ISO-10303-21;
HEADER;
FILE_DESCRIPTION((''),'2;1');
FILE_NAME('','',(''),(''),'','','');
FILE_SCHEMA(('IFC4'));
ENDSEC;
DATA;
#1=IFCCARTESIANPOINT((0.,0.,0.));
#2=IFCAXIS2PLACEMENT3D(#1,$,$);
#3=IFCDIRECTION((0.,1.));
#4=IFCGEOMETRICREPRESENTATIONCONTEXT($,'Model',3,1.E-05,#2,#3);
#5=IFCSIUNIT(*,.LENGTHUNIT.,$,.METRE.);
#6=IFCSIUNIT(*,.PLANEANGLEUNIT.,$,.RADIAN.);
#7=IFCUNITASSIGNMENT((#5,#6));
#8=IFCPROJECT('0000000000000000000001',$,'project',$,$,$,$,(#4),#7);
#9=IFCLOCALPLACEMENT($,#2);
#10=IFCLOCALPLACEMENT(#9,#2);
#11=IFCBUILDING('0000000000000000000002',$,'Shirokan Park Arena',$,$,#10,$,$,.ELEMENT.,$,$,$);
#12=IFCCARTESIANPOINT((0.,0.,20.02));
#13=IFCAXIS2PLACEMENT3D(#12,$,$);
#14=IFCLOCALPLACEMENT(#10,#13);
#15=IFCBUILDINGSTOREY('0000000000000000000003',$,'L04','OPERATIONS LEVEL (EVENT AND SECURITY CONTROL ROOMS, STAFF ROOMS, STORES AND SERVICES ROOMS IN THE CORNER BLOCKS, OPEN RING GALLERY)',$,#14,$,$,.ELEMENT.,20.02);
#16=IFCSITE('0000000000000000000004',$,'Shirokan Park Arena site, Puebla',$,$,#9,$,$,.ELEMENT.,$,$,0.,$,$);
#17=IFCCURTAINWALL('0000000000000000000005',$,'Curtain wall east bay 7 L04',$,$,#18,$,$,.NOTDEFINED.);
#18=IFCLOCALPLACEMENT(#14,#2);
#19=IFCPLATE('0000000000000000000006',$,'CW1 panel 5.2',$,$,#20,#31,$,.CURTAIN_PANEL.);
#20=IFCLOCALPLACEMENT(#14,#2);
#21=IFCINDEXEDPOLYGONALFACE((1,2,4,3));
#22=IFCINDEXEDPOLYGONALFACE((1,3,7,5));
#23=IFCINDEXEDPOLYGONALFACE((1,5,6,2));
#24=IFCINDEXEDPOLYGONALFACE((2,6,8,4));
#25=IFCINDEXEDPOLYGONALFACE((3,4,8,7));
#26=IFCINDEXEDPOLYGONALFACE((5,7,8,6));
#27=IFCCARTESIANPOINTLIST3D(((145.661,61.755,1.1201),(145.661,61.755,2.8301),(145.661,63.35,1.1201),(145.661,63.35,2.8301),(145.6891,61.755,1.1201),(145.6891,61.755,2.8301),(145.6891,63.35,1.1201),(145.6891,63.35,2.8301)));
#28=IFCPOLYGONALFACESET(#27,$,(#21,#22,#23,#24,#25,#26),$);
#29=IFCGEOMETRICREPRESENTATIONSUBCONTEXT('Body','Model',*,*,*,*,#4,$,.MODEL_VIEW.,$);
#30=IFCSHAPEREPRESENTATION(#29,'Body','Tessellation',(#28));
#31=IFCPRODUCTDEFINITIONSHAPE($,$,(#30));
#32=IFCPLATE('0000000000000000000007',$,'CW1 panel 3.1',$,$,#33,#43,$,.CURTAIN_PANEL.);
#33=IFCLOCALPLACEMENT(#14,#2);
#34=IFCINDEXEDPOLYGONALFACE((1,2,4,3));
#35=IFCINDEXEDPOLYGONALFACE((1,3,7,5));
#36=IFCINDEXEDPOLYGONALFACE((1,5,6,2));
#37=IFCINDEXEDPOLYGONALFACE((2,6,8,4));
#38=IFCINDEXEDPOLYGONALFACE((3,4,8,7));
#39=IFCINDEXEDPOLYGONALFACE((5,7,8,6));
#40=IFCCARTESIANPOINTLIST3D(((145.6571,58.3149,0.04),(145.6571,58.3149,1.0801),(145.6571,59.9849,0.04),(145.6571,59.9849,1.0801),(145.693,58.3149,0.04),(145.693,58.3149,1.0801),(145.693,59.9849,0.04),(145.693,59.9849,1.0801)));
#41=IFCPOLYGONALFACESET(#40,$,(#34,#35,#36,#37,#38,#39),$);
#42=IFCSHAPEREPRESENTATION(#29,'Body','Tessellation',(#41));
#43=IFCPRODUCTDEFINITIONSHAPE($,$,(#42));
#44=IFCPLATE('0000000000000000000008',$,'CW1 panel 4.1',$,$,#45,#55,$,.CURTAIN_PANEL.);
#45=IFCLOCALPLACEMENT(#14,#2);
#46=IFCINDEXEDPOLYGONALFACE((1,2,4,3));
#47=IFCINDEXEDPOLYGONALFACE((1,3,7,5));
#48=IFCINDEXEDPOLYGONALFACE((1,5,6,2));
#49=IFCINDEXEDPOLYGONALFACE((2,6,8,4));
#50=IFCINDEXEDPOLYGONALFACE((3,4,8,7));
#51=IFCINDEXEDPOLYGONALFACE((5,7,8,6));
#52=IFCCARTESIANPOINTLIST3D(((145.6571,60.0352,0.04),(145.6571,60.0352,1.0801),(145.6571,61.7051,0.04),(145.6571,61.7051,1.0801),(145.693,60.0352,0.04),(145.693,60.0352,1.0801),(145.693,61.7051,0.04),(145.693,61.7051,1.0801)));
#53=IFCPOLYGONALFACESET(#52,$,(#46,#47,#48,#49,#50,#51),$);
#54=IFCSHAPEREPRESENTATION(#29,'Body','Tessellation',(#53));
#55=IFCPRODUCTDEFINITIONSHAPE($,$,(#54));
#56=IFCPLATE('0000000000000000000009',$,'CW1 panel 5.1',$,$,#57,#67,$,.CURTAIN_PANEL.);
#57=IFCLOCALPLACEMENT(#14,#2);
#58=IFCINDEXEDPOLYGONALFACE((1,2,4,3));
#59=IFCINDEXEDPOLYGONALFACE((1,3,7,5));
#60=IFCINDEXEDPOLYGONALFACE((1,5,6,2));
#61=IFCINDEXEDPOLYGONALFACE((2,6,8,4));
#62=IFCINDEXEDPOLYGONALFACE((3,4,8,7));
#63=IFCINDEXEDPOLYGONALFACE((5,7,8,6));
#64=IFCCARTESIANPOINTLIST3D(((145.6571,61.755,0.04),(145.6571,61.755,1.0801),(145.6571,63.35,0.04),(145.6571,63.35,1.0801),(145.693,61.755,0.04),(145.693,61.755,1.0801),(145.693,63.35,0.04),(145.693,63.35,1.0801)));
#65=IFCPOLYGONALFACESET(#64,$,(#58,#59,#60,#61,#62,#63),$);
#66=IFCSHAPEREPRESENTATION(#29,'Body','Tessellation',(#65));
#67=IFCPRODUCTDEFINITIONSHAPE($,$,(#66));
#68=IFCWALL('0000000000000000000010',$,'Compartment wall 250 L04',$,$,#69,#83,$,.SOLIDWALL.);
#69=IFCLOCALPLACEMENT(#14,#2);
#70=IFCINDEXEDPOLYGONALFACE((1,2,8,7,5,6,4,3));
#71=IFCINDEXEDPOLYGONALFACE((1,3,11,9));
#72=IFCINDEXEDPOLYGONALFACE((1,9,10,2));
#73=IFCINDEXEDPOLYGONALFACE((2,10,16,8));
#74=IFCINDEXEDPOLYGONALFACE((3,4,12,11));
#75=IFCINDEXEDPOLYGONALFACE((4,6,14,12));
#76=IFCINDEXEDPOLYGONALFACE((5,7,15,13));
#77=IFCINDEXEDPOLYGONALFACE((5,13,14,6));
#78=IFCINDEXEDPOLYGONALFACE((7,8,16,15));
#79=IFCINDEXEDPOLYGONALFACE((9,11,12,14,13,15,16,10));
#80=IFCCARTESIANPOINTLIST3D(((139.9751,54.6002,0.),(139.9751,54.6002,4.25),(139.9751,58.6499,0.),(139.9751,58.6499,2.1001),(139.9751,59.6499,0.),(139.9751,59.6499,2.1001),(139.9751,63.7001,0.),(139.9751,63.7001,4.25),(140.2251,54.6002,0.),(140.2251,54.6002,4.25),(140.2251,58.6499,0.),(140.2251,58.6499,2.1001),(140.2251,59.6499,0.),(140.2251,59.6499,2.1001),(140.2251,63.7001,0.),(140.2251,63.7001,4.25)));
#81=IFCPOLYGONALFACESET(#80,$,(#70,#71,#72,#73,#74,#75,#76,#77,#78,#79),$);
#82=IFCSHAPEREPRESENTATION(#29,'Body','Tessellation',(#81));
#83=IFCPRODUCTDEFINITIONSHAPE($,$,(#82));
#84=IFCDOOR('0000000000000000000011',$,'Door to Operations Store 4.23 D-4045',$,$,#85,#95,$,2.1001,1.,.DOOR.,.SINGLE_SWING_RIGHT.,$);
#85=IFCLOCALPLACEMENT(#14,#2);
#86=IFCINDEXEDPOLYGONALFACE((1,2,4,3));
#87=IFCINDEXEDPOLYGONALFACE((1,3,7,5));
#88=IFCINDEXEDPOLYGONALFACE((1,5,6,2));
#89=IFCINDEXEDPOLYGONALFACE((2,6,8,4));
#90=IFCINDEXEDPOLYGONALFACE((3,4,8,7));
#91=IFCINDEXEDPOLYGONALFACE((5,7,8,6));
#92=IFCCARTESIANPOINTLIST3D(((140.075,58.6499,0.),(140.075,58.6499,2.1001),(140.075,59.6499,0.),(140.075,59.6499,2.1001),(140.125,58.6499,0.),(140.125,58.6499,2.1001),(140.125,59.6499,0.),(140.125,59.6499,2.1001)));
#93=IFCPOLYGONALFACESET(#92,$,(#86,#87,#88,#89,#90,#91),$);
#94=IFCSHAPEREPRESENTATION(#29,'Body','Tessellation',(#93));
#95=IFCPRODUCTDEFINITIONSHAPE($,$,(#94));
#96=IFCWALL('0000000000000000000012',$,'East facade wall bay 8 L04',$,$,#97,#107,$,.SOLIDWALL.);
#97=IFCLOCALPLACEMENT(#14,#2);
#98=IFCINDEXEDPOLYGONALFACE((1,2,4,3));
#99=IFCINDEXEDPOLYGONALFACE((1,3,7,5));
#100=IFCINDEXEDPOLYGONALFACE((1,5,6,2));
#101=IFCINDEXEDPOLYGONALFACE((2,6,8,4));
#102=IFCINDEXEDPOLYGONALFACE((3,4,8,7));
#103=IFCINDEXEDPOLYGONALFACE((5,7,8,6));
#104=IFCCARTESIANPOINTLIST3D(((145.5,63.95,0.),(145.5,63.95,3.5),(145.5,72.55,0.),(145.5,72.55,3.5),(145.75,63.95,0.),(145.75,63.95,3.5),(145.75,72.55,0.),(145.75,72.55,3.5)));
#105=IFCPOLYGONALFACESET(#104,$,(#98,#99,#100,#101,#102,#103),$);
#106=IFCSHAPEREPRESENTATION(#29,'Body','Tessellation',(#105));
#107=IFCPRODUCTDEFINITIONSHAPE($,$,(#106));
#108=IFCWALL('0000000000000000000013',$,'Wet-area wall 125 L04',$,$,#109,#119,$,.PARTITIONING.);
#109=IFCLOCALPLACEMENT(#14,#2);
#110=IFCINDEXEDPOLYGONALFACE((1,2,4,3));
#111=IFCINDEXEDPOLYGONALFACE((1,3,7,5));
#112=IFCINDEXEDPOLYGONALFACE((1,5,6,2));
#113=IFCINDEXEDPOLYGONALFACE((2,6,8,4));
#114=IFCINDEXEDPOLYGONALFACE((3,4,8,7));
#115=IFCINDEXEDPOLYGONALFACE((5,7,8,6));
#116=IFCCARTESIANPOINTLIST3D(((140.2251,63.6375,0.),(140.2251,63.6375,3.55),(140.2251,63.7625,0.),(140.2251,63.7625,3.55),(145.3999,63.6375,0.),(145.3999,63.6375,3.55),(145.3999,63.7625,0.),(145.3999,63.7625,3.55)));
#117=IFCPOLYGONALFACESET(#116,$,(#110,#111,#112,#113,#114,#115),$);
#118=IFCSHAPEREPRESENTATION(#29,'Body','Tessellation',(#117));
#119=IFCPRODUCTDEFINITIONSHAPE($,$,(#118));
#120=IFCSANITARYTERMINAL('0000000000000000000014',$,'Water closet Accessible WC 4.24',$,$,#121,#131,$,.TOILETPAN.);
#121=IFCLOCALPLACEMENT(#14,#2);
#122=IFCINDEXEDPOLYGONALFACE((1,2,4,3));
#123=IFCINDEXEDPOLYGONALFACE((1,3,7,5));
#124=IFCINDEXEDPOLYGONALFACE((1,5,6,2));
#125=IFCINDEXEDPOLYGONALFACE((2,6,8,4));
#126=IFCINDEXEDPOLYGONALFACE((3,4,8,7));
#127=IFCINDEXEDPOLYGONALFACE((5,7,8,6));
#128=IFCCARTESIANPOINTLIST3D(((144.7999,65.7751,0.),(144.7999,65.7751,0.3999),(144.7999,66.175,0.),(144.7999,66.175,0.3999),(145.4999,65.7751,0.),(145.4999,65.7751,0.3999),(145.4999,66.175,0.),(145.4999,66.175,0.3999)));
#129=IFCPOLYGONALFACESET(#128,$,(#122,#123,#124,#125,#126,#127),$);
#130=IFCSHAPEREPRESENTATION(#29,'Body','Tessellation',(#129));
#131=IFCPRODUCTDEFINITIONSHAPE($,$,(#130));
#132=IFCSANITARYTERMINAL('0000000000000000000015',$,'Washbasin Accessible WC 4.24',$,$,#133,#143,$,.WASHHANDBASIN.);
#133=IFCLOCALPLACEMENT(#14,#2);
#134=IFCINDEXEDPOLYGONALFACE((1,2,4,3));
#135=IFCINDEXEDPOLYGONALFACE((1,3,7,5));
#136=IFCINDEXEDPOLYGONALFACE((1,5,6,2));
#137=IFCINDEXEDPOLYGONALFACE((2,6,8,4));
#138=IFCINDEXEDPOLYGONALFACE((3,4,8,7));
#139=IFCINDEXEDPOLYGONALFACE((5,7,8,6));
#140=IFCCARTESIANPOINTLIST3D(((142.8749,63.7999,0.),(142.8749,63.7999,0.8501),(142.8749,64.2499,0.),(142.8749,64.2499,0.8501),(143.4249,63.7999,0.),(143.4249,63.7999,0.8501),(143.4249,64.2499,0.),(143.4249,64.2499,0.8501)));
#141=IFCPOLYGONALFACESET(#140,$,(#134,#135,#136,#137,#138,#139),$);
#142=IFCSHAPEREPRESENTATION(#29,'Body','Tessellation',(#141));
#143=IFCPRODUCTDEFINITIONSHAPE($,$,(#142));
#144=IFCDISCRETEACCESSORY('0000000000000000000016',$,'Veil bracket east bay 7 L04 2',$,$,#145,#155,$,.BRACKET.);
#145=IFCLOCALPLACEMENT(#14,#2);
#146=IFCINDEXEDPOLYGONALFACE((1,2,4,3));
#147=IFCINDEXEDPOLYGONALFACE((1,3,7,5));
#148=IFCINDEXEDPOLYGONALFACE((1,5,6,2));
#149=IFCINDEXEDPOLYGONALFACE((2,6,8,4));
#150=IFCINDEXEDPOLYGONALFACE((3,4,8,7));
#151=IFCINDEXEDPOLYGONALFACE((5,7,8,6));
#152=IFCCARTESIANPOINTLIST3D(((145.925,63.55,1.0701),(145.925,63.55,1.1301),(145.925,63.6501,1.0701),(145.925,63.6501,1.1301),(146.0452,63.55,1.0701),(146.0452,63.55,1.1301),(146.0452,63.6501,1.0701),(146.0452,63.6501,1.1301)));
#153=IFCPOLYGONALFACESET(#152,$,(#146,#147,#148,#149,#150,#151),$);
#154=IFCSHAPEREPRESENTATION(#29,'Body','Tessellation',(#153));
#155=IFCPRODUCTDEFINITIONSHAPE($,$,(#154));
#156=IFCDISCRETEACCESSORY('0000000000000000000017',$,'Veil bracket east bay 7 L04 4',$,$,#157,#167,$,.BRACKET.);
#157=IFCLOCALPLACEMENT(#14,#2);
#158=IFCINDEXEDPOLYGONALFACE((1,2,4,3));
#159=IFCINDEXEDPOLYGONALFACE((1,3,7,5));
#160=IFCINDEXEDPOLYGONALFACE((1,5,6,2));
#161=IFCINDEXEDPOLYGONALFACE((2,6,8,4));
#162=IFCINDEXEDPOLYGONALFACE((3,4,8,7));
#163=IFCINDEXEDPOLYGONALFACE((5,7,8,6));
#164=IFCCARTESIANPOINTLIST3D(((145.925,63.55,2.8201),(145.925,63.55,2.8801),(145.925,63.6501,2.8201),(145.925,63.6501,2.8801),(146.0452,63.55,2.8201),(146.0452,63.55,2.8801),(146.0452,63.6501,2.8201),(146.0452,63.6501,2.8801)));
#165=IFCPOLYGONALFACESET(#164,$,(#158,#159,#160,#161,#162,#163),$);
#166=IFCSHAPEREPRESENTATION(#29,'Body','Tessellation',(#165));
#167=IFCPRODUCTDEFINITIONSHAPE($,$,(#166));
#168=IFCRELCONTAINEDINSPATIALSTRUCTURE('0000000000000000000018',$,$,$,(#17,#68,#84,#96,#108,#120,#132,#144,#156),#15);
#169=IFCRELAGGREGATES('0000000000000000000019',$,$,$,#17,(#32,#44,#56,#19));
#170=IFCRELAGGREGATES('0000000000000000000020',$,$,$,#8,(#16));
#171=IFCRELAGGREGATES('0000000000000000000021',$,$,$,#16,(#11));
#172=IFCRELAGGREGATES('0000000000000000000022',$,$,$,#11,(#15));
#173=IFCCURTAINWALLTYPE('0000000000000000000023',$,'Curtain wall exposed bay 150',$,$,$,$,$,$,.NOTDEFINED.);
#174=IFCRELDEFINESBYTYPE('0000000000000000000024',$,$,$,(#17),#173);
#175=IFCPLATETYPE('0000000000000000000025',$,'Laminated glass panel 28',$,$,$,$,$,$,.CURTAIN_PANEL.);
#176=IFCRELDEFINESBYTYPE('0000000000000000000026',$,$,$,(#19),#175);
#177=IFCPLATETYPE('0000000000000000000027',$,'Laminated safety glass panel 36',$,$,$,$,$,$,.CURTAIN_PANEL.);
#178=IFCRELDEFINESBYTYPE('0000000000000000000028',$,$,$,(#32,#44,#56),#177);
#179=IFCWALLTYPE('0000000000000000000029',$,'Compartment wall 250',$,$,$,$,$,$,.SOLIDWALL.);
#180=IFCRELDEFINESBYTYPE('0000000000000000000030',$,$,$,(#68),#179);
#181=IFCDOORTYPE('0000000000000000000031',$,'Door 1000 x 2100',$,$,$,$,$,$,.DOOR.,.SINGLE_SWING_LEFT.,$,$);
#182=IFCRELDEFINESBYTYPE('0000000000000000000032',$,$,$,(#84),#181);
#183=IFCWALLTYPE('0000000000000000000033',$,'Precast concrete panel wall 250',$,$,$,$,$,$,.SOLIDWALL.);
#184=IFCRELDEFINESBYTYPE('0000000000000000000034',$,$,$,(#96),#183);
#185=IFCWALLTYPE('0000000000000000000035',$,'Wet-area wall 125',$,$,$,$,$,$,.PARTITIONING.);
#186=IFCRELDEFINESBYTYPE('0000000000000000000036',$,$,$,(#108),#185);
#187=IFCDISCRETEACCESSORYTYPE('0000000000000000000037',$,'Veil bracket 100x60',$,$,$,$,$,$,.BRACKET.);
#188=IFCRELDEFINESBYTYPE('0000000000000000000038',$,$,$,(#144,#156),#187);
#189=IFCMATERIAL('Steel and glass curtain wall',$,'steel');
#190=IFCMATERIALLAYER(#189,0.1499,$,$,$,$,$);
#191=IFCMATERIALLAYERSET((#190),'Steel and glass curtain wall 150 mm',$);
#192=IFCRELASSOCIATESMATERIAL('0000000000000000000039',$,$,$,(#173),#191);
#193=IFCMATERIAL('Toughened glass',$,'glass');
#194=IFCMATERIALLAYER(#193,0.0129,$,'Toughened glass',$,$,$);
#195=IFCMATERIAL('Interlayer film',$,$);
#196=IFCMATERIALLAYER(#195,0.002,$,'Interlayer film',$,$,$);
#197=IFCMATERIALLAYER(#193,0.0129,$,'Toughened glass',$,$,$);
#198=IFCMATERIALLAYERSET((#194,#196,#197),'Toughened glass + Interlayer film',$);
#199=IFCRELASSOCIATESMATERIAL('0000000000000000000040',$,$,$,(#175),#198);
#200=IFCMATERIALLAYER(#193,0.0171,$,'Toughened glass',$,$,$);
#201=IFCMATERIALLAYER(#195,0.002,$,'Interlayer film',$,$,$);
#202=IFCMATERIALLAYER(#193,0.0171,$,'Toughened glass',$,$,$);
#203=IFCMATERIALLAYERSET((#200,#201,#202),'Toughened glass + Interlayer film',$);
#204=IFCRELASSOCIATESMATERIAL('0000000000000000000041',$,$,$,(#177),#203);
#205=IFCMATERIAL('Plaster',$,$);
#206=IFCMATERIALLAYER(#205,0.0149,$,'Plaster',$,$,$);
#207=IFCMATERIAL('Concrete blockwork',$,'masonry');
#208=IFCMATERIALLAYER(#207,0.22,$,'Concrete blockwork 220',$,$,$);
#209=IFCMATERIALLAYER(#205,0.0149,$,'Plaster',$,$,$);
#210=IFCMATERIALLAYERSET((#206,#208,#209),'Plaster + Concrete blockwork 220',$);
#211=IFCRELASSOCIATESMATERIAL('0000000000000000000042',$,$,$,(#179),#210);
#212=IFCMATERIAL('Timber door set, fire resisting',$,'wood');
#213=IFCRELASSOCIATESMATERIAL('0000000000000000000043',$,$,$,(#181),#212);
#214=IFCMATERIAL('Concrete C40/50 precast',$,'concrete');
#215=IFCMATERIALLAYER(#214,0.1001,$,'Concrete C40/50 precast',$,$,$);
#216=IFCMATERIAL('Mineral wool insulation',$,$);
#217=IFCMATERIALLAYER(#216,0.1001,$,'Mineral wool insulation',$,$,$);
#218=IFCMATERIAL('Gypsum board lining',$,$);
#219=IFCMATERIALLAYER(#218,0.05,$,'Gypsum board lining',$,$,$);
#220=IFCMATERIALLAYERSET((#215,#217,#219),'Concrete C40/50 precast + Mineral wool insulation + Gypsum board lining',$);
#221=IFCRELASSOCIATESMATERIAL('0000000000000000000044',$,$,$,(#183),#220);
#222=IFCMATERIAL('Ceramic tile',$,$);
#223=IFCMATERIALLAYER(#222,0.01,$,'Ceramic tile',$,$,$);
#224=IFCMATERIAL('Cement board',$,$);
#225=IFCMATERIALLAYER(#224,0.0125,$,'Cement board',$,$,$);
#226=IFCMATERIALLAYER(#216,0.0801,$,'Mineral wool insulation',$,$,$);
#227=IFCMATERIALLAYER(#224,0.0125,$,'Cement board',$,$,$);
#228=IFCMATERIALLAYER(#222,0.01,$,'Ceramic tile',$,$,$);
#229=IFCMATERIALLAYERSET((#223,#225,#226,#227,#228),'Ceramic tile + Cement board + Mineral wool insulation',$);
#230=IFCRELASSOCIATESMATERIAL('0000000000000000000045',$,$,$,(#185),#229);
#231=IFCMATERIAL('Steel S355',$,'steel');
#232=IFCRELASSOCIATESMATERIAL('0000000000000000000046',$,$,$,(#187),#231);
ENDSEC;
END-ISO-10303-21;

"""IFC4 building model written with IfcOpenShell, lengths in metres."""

from ifc_helpers import new_model, si_unit, direction, frame, frame_2d, origin, origin_2d, place, context, subcontext, project, spatial, rectangle, extrude, material, layer, layer_set, type_object, element, fill, aggregate, save


model = new_model("IFC4")

# Units and contexts
model_context = context("Model", 3, precision=1e-05, world=origin(), true_north=direction((0.0, 1.0)))
body_context = subcontext(model_context, "Body", "Model", "MODEL_VIEW")
ifc_project = project(units=[si_unit("LENGTHUNIT", "METRE"), si_unit("PLANEANGLEUNIT", "RADIAN")], contexts=[model_context])

# Site, building, storey
site_placement = place(None, origin())
site = spatial("IfcSite", under=ifc_project, at=site_placement, Name="Shirokan Park Arena site, Puebla", CompositionType="ELEMENT", RefElevation=0.0)
building_placement = place(site_placement, origin())
building = spatial("IfcBuilding", under=site, at=building_placement, Name="Shirokan Park Arena", CompositionType="ELEMENT")
storey_placement = place(building_placement, frame((0.0, 0.0, 20.02)))
storey = spatial("IfcBuildingStorey", under=building, at=storey_placement, Name="L04", Description="OPERATIONS LEVEL (EVENT AND SECURITY CONTROL ROOMS, STAFF ROOMS, STORES AND SERVICES ROOMS IN THE CORNER BLOCKS, OPEN RING GALLERY)", CompositionType="ELEMENT", Elevation=20.02)

# Curtain wall
ifc_material_1 = material(Name="Steel and glass curtain wall", Category="steel")
ifc_layer_1 = layer(ifc_material_1, 0.1499)
ifc_layer_set_1 = layer_set([ifc_layer_1], Name="Steel and glass curtain wall 150 mm")
curtain_wall_type = type_object("IfcCurtainWallType", Name="Curtain wall exposed bay 150", PredefinedType="NOTDEFINED", material=ifc_layer_set_1)
curtain_wall_placement = place(storey_placement, origin())
curtain_wall = element("IfcCurtainWall", 1, at=curtain_wall_placement, inside=storey, type_object=curtain_wall_type, Name="Curtain wall east bay 7 L04", PredefinedType="NOTDEFINED")
ifc_material_2 = material(Name="Steel S355", Category="steel")

# Plates
ifc_material_3 = material(Name="Mineral wool insulation")
ifc_material_4 = material(Name="Toughened glass", Category="glass")
ifc_layer_2 = layer(ifc_material_4, 0.0129, Name="Toughened glass")
ifc_material_5 = material(Name="Interlayer film")
ifc_layer_3 = layer(ifc_material_5, 0.002, Name="Interlayer film")
ifc_layer_4 = layer(ifc_material_4, 0.0129, Name="Toughened glass")
ifc_layer_set_2 = layer_set([ifc_layer_2, ifc_layer_3, ifc_layer_4], Name="Toughened glass + Interlayer film")
plate_type_1 = type_object("IfcPlateType", Name="Laminated glass panel 28", PredefinedType="CURTAIN_PANEL", material=ifc_layer_set_2)
plate_1_placement = place(storey_placement, frame((145.675, 62.5525, 1.1201), z_axis=(0.0, 0.0, 1.0), x_axis=(0.0, 1.0, 0.0)))
plate_1 = element("IfcPlate", 2, at=plate_1_placement, type_object=plate_type_1, Name="CW1 panel 5.2", PredefinedType="CURTAIN_PANEL", context=body_context, shape_type="SweptSolid", body=[
    extrude(rectangle(XDim=1.595, YDim=0.0281, at=origin_2d()), origin(), (0.0, 0.0, 1.0), 1.71),
])
ifc_layer_5 = layer(ifc_material_4, 0.0171, Name="Toughened glass")
ifc_layer_6 = layer(ifc_material_5, 0.002, Name="Interlayer film")
ifc_layer_7 = layer(ifc_material_4, 0.0171, Name="Toughened glass")
ifc_layer_set_3 = layer_set([ifc_layer_5, ifc_layer_6, ifc_layer_7], Name="Toughened glass + Interlayer film")
plate_type_2 = type_object("IfcPlateType", Name="Laminated safety glass panel 36", PredefinedType="CURTAIN_PANEL", material=ifc_layer_set_3)
plate_2_placement = place(storey_placement, frame((145.675, 59.1499, 0.04), z_axis=(0.0, 0.0, 1.0), x_axis=(0.0, 1.0, 0.0)))
plate_2 = element("IfcPlate", 3, at=plate_2_placement, type_object=plate_type_2, Name="CW1 panel 3.1", PredefinedType="CURTAIN_PANEL", context=body_context, shape_type="SweptSolid", body=[
    extrude(rectangle(XDim=1.6699, YDim=0.0359, at=origin_2d()), origin(), (0.0, 0.0, 1.0), 1.04),
])
plate_3_placement = place(storey_placement, frame((145.675, 60.8701, 0.04), z_axis=(0.0, 0.0, 1.0), x_axis=(0.0, 1.0, 0.0)))
plate_3 = element("IfcPlate", 4, at=plate_3_placement, type_object=plate_type_2, Name="CW1 panel 4.1", PredefinedType="CURTAIN_PANEL", context=body_context, shape_type="SweptSolid", body=[
    extrude(rectangle(XDim=1.6699, YDim=0.0359, at=origin_2d()), origin(), (0.0, 0.0, 1.0), 1.04),
])
plate_4_placement = place(storey_placement, frame((145.675, 62.5525, 0.04), z_axis=(0.0, 0.0, 1.0), x_axis=(0.0, 1.0, 0.0)))
plate_4 = element("IfcPlate", 5, at=plate_4_placement, type_object=plate_type_2, Name="CW1 panel 5.1", PredefinedType="CURTAIN_PANEL", context=body_context, shape_type="SweptSolid", body=[
    extrude(rectangle(XDim=1.595, YDim=0.0359, at=origin_2d()), origin(), (0.0, 0.0, 1.0), 1.04),
])
aggregate(curtain_wall, [plate_2, plate_3, plate_4, plate_1])

# Wall, opening, door
ifc_material_6 = material(Name="Plaster")
ifc_layer_8 = layer(ifc_material_6, 0.0149, Name="Plaster")
ifc_material_7 = material(Name="Concrete blockwork", Category="masonry")
ifc_layer_9 = layer(ifc_material_7, 0.22, Name="Concrete blockwork 220")
ifc_layer_10 = layer(ifc_material_6, 0.0149, Name="Plaster")
ifc_layer_set_4 = layer_set([ifc_layer_8, ifc_layer_9, ifc_layer_10], Name="Plaster + Concrete blockwork 220")
wall_type_1 = type_object("IfcWallType", Name="Compartment wall 250", PredefinedType="SOLIDWALL", material=ifc_layer_set_4)
wall_1_placement = place(storey_placement, frame((140.1001, 63.7, 0.0), z_axis=(0.0, 0.0, 1.0), x_axis=(0.0, -1.0, 0.0)))
wall_1 = element("IfcWall", 6, at=wall_1_placement, inside=storey, type_object=wall_type_1, Name="Compartment wall 250 L04", PredefinedType="SOLIDWALL", context=body_context, shape_type="SweptSolid", body=[
    extrude(rectangle(XDim=9.0999, YDim=0.25, at=frame_2d((4.5498, 0.0))), origin(), (0.0, 0.0, 1.0), 4.25),
])
opening_placement = place(wall_1_placement, frame((4.05, 0.0, 0.0)))
opening = element("IfcOpeningElement", 7, at=opening_placement, cuts=wall_1, PredefinedType="OPENING", context=body_context, shape_type="SweptSolid", body=[
    extrude(rectangle(XDim=1.0, YDim=2.1001, at=frame_2d((0.5, 1.05))), frame((0.0, 0.135, 0.0), z_axis=(0.0, -1.0, 0.0), x_axis=(1.0, 0.0, 0.0)), (0.0, 0.0, 1.0), 0.27),
])
ifc_material_8 = material(Name="Timber door set, fire resisting", Category="wood")
door_type = type_object("IfcDoorType", Name="Door 1000 x 2100", OperationType="SINGLE_SWING_LEFT", PredefinedType="DOOR", material=ifc_material_8)
door_placement = place(opening_placement, origin())
door = element("IfcDoor", 8, at=door_placement, inside=storey, type_object=door_type, Name="Door to Operations Store 4.23 D-4045", OperationType="SINGLE_SWING_RIGHT", OverallHeight=2.1001, OverallWidth=1.0, PredefinedType="DOOR", context=body_context, shape_type="SweptSolid", body=[
    extrude(rectangle(XDim=1.0, YDim=2.1001, at=frame_2d((0.5, 1.05))), frame((0.0, 0.0249, 0.0), z_axis=(0.0, -1.0, 0.0), x_axis=(1.0, 0.0, 0.0)), (0.0, 0.0, 1.0), 0.05),
])
fill(opening, door)

# Walls
ifc_material_9 = material(Name="Concrete C40/50 precast", Category="concrete")
ifc_layer_11 = layer(ifc_material_9, 0.1001, Name="Concrete C40/50 precast")
ifc_layer_12 = layer(ifc_material_3, 0.1001, Name="Mineral wool insulation")
ifc_material_10 = material(Name="Gypsum board lining")
ifc_layer_13 = layer(ifc_material_10, 0.05, Name="Gypsum board lining")
ifc_layer_set_5 = layer_set([ifc_layer_11, ifc_layer_12, ifc_layer_13], Name="Concrete C40/50 precast + Mineral wool insulation + Gypsum board lining")
wall_type_2 = type_object("IfcWallType", Name="Precast concrete panel wall 250", PredefinedType="SOLIDWALL", material=ifc_layer_set_5)
wall_2_placement = place(storey_placement, frame((145.625, 63.95, 0.0), z_axis=(0.0, 0.0, 1.0), x_axis=(0.0, 1.0, 0.0)))
element("IfcWall", 9, at=wall_2_placement, inside=storey, type_object=wall_type_2, Name="East facade wall bay 8 L04", PredefinedType="SOLIDWALL", context=body_context, shape_type="SweptSolid", body=[
    extrude(rectangle(XDim=8.6001, YDim=0.25, at=frame_2d((4.3, 0.0))), origin(), (0.0, 0.0, 1.0), 3.5),
])
ifc_material_11 = material(Name="Ceramic tile")
ifc_layer_14 = layer(ifc_material_11, 0.01, Name="Ceramic tile")
ifc_material_12 = material(Name="Cement board")
ifc_layer_15 = layer(ifc_material_12, 0.0125, Name="Cement board")
ifc_layer_16 = layer(ifc_material_3, 0.0801, Name="Mineral wool insulation")
ifc_layer_17 = layer(ifc_material_12, 0.0125, Name="Cement board")
ifc_layer_18 = layer(ifc_material_11, 0.01, Name="Ceramic tile")
ifc_layer_set_6 = layer_set([ifc_layer_14, ifc_layer_15, ifc_layer_16, ifc_layer_17, ifc_layer_18], Name="Ceramic tile + Cement board + Mineral wool insulation")
wall_type_3 = type_object("IfcWallType", Name="Wet-area wall 125", PredefinedType="PARTITIONING", material=ifc_layer_set_6)
wall_3_placement = place(storey_placement, frame((140.2251, 63.7, 0.0), z_axis=(0.0, 0.0, 1.0), x_axis=(1.0, 0.0, 0.0)))
element("IfcWall", 10, at=wall_3_placement, inside=storey, type_object=wall_type_3, Name="Wet-area wall 125 L04", PredefinedType="PARTITIONING", context=body_context, shape_type="SweptSolid", body=[
    extrude(rectangle(XDim=5.1748, YDim=0.125, at=frame_2d((2.5874, 0.0))), origin(), (0.0, 0.0, 1.0), 3.55),
])

# Sanitary terminals
sanitary_terminal_1_placement = place(storey_placement, frame((145.1499, 65.9751, 0.0), z_axis=(0.0, 0.0, 1.0), x_axis=(1.0, 0.0, 0.0)))
element("IfcSanitaryTerminal", 11, at=sanitary_terminal_1_placement, inside=storey, Name="Water closet Accessible WC 4.24", PredefinedType="TOILETPAN", context=body_context, shape_type="SweptSolid", body=[
    extrude(rectangle(XDim=0.7, YDim=0.3999, at=origin_2d()), origin(), (0.0, 0.0, 1.0), 0.3999),
])
sanitary_terminal_2_placement = place(storey_placement, frame((143.1499, 64.0249, 0.0), z_axis=(0.0, 0.0, 1.0), x_axis=(1.0, 0.0, 0.0)))
element("IfcSanitaryTerminal", 12, at=sanitary_terminal_2_placement, inside=storey, Name="Washbasin Accessible WC 4.24", PredefinedType="WASHHANDBASIN", context=body_context, shape_type="SweptSolid", body=[
    extrude(rectangle(XDim=0.55, YDim=0.45, at=origin_2d()), origin(), (0.0, 0.0, 1.0), 0.8501),
])

# Discrete accessories
discrete_accessory_type = type_object("IfcDiscreteAccessoryType", Name="Veil bracket 100x60", PredefinedType="BRACKET", material=ifc_material_2)
for number, where, z_axis, x_axis, name in (
    (13, (145.9851, 63.6001, 1.0701), (0.0, 0.0, 1.0), (0.0, 1.0, 0.0), "Veil bracket east bay 7 L04 2"),
    (14, (145.9851, 63.6001, 2.8201), (0.0, 0.0, 1.0), (0.0, 1.0, 0.0), "Veil bracket east bay 7 L04 4"),
):
    element("IfcDiscreteAccessory", number, at=place(storey_placement, frame(where, z_axis=z_axis, x_axis=x_axis)), inside=storey, type_object=discrete_accessory_type, Name=name, PredefinedType="BRACKET", context=body_context, shape_type="SweptSolid", body=[
        extrude(rectangle(XDim=0.1001, YDim=0.1201, at=origin_2d()), origin(), (0.0, 0.0, 1.0), 0.0601),
    ])

save(model, "model.ifc")
